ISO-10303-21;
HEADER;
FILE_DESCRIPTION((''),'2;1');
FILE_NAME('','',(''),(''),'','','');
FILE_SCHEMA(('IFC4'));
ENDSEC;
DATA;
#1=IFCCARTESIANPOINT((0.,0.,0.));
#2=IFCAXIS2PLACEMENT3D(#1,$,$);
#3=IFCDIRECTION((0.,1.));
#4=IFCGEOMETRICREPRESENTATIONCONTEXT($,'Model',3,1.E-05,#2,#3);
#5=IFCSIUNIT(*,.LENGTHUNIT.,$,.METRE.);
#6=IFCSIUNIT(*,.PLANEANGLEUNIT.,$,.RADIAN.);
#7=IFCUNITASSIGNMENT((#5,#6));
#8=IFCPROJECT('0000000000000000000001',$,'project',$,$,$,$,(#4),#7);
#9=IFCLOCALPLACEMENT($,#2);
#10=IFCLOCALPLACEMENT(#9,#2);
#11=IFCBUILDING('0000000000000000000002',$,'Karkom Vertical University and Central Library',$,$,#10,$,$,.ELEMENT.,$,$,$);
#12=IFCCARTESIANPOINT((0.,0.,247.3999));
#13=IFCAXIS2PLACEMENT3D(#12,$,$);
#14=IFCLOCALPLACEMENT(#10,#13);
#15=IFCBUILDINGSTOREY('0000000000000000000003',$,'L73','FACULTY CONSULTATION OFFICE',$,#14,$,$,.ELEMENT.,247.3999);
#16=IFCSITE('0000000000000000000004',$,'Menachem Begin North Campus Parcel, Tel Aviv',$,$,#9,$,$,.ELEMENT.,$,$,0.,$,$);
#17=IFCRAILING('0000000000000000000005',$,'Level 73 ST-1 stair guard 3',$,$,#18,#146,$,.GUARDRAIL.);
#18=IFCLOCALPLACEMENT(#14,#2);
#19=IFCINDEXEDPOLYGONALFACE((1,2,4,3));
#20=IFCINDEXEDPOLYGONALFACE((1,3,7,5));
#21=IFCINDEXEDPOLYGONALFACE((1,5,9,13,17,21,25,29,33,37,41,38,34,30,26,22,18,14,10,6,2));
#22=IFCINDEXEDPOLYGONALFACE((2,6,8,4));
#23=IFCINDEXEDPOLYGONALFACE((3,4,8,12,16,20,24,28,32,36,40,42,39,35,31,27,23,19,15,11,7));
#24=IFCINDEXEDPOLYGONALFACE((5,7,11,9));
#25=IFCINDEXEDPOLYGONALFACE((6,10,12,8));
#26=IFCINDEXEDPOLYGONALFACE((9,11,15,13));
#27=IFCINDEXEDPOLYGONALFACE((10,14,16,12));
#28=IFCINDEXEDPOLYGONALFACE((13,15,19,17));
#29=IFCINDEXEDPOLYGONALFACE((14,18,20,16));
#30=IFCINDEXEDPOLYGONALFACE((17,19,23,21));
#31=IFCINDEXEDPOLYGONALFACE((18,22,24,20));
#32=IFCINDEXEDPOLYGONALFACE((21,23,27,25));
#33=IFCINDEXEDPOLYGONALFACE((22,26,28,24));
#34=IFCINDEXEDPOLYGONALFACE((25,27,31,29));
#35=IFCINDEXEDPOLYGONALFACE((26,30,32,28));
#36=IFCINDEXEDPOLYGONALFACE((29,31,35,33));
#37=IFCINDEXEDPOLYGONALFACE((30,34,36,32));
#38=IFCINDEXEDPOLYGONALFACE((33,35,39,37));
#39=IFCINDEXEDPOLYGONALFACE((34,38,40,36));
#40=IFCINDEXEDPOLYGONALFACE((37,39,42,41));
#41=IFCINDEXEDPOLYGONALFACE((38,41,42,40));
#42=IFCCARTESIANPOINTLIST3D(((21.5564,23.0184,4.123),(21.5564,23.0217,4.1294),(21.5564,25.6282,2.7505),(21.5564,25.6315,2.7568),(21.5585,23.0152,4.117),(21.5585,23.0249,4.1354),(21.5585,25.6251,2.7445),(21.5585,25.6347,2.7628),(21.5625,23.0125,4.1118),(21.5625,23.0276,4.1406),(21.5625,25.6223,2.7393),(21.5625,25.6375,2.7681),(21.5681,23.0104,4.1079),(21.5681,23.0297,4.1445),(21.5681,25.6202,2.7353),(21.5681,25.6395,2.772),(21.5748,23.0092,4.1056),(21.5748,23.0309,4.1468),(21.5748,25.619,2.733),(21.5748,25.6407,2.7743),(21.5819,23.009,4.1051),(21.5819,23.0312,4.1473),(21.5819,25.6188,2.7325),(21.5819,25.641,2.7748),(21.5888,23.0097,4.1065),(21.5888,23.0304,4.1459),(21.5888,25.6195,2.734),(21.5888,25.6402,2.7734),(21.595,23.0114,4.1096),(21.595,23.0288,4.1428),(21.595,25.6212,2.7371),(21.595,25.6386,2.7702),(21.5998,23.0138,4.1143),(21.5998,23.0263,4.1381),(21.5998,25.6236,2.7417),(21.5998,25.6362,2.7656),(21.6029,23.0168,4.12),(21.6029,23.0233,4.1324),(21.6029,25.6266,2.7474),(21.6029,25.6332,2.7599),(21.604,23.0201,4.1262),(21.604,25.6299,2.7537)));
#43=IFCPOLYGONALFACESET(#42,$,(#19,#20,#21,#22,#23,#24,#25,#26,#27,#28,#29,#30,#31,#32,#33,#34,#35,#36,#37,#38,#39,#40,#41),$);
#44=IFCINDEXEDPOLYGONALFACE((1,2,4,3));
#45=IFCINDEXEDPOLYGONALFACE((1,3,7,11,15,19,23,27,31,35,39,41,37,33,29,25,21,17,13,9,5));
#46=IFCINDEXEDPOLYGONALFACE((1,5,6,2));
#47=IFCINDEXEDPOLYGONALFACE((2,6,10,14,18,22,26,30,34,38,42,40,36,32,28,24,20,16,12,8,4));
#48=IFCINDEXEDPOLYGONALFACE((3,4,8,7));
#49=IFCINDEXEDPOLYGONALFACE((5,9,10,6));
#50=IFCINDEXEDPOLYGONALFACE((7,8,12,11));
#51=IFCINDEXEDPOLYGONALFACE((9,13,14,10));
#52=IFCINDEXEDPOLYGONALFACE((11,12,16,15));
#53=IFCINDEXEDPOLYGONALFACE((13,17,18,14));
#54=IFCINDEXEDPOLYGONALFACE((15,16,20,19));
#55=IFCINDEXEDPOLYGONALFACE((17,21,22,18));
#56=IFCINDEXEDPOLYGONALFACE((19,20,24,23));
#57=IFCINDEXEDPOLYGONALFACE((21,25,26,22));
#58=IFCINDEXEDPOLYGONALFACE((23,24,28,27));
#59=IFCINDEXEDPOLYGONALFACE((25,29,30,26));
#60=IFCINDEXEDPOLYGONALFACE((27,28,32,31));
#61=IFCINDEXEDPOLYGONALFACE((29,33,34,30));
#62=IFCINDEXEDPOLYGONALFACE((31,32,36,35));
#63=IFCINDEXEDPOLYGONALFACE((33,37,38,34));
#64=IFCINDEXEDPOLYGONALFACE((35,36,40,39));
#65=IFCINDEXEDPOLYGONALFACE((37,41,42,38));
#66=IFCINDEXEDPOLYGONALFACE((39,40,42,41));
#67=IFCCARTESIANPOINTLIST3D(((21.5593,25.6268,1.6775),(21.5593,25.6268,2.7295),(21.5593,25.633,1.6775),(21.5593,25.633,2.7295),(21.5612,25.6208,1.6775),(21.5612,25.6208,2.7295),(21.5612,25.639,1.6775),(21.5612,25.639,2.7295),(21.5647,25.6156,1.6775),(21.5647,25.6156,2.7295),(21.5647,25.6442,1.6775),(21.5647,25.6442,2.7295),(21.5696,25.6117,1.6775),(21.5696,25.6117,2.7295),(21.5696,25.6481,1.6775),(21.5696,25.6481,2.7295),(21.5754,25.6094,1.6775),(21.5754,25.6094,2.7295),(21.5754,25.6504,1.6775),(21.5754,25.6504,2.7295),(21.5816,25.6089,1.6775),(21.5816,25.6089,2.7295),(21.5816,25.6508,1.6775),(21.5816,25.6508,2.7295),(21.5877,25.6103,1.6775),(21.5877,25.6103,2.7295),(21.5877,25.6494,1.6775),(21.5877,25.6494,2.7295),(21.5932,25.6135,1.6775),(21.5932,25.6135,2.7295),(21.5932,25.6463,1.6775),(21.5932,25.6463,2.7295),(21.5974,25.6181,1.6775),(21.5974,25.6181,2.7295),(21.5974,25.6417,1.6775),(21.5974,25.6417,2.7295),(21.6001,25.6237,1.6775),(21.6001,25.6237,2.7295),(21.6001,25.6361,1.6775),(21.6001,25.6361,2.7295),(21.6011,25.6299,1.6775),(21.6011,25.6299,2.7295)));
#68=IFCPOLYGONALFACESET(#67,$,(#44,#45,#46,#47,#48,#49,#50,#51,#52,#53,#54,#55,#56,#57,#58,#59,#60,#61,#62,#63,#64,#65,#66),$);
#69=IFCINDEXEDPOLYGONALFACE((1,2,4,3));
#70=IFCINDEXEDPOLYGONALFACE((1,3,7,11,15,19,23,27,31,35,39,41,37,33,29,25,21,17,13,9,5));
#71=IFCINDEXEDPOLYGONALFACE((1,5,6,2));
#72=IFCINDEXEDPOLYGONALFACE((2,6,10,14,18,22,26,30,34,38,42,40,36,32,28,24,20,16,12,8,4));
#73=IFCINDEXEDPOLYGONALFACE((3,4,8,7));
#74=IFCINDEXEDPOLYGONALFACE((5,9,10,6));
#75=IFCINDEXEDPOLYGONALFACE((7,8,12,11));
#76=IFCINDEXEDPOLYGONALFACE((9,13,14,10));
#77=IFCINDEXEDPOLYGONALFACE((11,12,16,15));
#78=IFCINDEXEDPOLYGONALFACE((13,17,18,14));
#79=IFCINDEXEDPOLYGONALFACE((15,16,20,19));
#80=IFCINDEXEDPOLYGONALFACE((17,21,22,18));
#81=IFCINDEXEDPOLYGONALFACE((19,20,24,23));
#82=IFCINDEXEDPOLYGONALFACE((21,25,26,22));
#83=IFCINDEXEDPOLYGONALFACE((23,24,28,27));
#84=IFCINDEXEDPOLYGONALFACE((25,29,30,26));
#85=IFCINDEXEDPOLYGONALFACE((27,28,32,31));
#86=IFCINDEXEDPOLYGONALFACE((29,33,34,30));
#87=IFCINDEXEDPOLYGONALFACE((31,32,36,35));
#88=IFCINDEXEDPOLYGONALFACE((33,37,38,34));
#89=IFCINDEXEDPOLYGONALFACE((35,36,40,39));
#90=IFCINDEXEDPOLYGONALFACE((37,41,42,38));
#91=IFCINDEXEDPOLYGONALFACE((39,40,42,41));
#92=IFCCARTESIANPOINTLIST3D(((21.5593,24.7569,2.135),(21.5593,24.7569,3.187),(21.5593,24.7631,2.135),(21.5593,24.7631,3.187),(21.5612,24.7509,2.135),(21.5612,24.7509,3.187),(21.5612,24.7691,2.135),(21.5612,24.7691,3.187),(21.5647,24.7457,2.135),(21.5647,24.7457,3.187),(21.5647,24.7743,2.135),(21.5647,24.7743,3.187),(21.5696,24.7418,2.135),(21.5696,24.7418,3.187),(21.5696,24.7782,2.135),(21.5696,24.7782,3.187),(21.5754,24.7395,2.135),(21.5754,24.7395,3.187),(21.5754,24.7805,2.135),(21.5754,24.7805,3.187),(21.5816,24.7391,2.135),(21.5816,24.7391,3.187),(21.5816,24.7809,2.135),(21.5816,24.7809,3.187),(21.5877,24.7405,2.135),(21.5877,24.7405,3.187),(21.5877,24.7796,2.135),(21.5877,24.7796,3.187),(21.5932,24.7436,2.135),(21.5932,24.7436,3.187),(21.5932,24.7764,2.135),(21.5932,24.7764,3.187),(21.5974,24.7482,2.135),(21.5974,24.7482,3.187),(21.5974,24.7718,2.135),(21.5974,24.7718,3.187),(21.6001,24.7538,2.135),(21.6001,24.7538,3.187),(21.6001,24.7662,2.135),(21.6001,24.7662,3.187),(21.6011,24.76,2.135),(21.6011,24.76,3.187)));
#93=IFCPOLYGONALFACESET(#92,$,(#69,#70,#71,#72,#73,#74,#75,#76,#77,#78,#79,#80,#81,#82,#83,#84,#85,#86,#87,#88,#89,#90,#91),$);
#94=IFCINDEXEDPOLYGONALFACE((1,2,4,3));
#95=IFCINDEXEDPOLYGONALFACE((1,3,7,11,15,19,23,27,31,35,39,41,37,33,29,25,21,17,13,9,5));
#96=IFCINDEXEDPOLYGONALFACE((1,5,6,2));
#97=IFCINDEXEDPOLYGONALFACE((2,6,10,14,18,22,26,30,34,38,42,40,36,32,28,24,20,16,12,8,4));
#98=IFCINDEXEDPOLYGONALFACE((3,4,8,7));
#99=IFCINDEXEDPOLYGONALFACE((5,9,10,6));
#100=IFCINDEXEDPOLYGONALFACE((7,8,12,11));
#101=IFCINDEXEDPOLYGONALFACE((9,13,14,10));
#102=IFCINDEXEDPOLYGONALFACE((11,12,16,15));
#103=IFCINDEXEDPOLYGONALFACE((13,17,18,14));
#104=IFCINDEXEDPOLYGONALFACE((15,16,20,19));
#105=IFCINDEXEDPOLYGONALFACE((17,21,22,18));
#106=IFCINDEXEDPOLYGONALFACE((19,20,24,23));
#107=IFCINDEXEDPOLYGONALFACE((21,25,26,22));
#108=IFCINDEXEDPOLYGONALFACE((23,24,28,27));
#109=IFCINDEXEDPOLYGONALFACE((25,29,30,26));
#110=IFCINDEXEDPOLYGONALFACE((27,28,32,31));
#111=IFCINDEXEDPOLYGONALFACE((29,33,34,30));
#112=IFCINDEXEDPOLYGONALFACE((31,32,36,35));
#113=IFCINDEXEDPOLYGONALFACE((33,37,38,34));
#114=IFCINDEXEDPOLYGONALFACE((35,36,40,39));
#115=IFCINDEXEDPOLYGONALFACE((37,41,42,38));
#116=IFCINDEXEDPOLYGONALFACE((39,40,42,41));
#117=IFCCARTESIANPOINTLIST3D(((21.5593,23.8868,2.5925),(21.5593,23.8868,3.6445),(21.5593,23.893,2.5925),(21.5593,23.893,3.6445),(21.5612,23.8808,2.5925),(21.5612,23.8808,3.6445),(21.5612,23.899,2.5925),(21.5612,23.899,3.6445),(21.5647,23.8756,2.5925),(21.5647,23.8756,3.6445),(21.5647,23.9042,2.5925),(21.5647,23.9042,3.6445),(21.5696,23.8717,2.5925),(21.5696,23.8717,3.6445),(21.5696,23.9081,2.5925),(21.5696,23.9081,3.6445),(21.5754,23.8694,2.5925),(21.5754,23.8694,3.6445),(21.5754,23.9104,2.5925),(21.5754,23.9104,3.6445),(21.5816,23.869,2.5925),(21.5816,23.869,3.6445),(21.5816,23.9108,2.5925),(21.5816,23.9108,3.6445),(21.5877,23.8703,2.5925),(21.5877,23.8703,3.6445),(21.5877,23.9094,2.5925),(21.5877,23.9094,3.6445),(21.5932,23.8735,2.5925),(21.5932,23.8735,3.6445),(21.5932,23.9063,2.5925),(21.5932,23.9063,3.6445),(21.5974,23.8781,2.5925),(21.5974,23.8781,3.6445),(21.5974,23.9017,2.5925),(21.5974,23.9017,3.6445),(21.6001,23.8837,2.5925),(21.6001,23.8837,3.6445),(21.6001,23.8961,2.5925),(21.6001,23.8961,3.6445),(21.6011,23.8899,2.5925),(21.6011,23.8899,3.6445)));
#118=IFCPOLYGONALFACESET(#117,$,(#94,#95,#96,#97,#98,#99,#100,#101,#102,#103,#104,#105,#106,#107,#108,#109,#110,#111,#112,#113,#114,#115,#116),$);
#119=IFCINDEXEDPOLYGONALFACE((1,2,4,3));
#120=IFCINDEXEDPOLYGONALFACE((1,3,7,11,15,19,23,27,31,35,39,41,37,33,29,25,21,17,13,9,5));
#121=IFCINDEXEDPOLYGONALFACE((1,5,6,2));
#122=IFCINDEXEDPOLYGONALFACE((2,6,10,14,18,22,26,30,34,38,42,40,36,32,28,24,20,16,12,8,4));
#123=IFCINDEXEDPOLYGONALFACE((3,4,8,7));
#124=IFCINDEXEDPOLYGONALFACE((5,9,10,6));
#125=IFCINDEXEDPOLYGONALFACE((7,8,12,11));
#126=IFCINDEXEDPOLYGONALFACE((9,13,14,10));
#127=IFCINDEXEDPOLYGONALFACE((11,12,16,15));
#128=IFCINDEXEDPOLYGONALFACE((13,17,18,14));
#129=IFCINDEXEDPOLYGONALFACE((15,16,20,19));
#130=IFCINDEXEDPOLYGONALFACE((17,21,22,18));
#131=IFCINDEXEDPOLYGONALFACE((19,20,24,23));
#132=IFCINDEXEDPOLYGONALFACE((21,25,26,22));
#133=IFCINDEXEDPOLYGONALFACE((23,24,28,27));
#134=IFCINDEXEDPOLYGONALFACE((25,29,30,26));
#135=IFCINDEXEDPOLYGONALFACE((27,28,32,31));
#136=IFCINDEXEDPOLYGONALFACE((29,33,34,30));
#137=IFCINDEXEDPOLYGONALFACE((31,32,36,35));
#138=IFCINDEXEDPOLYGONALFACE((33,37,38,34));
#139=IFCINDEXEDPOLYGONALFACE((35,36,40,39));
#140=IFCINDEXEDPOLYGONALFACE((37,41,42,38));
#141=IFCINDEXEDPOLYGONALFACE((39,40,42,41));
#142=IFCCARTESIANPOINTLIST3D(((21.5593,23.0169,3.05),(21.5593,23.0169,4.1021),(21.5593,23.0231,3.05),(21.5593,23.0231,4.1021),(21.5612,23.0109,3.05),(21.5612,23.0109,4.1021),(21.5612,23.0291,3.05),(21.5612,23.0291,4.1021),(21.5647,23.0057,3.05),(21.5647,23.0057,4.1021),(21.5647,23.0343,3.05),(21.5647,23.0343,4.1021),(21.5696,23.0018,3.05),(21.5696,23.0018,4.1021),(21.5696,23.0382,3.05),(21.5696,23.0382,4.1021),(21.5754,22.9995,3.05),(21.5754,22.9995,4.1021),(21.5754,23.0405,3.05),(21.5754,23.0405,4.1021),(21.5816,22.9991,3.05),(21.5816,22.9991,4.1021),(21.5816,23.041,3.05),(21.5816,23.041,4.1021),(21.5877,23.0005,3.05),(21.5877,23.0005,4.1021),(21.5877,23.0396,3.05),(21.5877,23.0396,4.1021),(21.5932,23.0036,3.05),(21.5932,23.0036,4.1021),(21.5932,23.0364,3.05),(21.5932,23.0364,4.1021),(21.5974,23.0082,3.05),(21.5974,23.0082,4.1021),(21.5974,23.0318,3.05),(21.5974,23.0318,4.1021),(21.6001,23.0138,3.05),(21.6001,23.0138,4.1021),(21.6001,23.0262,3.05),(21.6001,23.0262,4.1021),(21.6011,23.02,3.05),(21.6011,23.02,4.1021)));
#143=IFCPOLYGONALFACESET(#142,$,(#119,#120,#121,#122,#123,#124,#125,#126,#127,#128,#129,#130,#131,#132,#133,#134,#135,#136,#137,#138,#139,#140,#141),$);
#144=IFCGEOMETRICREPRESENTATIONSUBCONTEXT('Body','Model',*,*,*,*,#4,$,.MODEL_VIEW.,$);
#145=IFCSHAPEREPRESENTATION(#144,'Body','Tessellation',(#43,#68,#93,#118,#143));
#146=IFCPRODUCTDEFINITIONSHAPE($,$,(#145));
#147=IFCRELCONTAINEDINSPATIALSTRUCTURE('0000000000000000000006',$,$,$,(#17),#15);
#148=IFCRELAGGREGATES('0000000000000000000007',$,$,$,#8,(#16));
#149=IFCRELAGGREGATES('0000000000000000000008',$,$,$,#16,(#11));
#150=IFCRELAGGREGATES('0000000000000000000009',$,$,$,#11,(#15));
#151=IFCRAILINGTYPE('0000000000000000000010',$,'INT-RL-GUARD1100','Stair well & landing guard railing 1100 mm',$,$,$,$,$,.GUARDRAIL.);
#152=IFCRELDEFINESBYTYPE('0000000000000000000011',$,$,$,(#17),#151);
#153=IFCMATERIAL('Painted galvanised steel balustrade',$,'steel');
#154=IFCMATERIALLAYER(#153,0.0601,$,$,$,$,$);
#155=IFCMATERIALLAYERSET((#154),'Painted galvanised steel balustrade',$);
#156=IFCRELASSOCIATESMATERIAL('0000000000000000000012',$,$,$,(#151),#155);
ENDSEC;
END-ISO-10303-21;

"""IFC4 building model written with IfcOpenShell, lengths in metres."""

from ifc_helpers import new_model, si_unit, direction, frame, origin, origin_2d, place, context, subcontext, project, spatial, circle, extrude, material, layer, layer_set, type_object, element, save


model = new_model("IFC4")

# Units and contexts
model_context = context("Model", 3, precision=1e-05, world=origin(), true_north=direction((0.0, 1.0)))
body_context = subcontext(model_context, "Body", "Model", "MODEL_VIEW")
ifc_project = project(units=[si_unit("LENGTHUNIT", "METRE"), si_unit("PLANEANGLEUNIT", "RADIAN")], contexts=[model_context])

# Site, building, storey
site_placement = place(None, origin())
site = spatial("IfcSite", under=ifc_project, at=site_placement, Name="Menachem Begin North Campus Parcel, Tel Aviv", CompositionType="ELEMENT", RefElevation=0.0)
building_placement = place(site_placement, origin())
building = spatial("IfcBuilding", under=site, at=building_placement, Name="Karkom Vertical University and Central Library", CompositionType="ELEMENT")
storey_placement = place(building_placement, frame((0.0, 0.0, 247.3999)))
storey = spatial("IfcBuildingStorey", under=building, at=storey_placement, Name="L73", Description="FACULTY CONSULTATION OFFICE", CompositionType="ELEMENT", Elevation=247.3999)

# Railing
ifc_material_1 = material(Name="Painted galvanised steel balustrade", Category="steel")
ifc_layer_1 = layer(ifc_material_1, 0.0601)
ifc_layer_set_1 = layer_set([ifc_layer_1], Name="Painted galvanised steel balustrade")
railing_type_1 = type_object("IfcRailingType", Name="INT-RL-GUARD1100", Description="Stair well & landing guard railing 1100 mm", PredefinedType="GUARDRAIL", material=ifc_layer_set_1)
railing_1_placement = place(storey_placement, frame((21.5801, 25.6299, 1.6775)))
element("IfcRailing", 1, at=railing_1_placement, inside=storey, type_object=railing_type_1, Name="Level 73 ST-1 stair guard 3", PredefinedType="GUARDRAIL", context=body_context, shape_type="SweptSolid", body=[
    extrude(circle(Radius=0.0239, at=origin_2d()), frame((0.0, 0.0, 1.0762), z_axis=(0.0, -0.885065, 0.465467), x_axis=(1.0, 0.0, 0.0)), (0.0, 0.0, 1.0), 2.9487),
    extrude(circle(Radius=0.021, at=origin_2d()), origin(), (0.0, 0.0, 1.0), 1.052),
    extrude(circle(Radius=0.021, at=origin_2d()), frame((0.0, -0.8699, 0.4575)), (0.0, 0.0, 1.0), 1.052),
    extrude(circle(Radius=0.021, at=origin_2d()), frame((0.0, -1.74, 0.915)), (0.0, 0.0, 1.0), 1.052),
    extrude(circle(Radius=0.021, at=origin_2d()), frame((0.0, -2.6099, 1.3726)), (0.0, 0.0, 1.0), 1.052),
])

save(model, "model.ifc")
